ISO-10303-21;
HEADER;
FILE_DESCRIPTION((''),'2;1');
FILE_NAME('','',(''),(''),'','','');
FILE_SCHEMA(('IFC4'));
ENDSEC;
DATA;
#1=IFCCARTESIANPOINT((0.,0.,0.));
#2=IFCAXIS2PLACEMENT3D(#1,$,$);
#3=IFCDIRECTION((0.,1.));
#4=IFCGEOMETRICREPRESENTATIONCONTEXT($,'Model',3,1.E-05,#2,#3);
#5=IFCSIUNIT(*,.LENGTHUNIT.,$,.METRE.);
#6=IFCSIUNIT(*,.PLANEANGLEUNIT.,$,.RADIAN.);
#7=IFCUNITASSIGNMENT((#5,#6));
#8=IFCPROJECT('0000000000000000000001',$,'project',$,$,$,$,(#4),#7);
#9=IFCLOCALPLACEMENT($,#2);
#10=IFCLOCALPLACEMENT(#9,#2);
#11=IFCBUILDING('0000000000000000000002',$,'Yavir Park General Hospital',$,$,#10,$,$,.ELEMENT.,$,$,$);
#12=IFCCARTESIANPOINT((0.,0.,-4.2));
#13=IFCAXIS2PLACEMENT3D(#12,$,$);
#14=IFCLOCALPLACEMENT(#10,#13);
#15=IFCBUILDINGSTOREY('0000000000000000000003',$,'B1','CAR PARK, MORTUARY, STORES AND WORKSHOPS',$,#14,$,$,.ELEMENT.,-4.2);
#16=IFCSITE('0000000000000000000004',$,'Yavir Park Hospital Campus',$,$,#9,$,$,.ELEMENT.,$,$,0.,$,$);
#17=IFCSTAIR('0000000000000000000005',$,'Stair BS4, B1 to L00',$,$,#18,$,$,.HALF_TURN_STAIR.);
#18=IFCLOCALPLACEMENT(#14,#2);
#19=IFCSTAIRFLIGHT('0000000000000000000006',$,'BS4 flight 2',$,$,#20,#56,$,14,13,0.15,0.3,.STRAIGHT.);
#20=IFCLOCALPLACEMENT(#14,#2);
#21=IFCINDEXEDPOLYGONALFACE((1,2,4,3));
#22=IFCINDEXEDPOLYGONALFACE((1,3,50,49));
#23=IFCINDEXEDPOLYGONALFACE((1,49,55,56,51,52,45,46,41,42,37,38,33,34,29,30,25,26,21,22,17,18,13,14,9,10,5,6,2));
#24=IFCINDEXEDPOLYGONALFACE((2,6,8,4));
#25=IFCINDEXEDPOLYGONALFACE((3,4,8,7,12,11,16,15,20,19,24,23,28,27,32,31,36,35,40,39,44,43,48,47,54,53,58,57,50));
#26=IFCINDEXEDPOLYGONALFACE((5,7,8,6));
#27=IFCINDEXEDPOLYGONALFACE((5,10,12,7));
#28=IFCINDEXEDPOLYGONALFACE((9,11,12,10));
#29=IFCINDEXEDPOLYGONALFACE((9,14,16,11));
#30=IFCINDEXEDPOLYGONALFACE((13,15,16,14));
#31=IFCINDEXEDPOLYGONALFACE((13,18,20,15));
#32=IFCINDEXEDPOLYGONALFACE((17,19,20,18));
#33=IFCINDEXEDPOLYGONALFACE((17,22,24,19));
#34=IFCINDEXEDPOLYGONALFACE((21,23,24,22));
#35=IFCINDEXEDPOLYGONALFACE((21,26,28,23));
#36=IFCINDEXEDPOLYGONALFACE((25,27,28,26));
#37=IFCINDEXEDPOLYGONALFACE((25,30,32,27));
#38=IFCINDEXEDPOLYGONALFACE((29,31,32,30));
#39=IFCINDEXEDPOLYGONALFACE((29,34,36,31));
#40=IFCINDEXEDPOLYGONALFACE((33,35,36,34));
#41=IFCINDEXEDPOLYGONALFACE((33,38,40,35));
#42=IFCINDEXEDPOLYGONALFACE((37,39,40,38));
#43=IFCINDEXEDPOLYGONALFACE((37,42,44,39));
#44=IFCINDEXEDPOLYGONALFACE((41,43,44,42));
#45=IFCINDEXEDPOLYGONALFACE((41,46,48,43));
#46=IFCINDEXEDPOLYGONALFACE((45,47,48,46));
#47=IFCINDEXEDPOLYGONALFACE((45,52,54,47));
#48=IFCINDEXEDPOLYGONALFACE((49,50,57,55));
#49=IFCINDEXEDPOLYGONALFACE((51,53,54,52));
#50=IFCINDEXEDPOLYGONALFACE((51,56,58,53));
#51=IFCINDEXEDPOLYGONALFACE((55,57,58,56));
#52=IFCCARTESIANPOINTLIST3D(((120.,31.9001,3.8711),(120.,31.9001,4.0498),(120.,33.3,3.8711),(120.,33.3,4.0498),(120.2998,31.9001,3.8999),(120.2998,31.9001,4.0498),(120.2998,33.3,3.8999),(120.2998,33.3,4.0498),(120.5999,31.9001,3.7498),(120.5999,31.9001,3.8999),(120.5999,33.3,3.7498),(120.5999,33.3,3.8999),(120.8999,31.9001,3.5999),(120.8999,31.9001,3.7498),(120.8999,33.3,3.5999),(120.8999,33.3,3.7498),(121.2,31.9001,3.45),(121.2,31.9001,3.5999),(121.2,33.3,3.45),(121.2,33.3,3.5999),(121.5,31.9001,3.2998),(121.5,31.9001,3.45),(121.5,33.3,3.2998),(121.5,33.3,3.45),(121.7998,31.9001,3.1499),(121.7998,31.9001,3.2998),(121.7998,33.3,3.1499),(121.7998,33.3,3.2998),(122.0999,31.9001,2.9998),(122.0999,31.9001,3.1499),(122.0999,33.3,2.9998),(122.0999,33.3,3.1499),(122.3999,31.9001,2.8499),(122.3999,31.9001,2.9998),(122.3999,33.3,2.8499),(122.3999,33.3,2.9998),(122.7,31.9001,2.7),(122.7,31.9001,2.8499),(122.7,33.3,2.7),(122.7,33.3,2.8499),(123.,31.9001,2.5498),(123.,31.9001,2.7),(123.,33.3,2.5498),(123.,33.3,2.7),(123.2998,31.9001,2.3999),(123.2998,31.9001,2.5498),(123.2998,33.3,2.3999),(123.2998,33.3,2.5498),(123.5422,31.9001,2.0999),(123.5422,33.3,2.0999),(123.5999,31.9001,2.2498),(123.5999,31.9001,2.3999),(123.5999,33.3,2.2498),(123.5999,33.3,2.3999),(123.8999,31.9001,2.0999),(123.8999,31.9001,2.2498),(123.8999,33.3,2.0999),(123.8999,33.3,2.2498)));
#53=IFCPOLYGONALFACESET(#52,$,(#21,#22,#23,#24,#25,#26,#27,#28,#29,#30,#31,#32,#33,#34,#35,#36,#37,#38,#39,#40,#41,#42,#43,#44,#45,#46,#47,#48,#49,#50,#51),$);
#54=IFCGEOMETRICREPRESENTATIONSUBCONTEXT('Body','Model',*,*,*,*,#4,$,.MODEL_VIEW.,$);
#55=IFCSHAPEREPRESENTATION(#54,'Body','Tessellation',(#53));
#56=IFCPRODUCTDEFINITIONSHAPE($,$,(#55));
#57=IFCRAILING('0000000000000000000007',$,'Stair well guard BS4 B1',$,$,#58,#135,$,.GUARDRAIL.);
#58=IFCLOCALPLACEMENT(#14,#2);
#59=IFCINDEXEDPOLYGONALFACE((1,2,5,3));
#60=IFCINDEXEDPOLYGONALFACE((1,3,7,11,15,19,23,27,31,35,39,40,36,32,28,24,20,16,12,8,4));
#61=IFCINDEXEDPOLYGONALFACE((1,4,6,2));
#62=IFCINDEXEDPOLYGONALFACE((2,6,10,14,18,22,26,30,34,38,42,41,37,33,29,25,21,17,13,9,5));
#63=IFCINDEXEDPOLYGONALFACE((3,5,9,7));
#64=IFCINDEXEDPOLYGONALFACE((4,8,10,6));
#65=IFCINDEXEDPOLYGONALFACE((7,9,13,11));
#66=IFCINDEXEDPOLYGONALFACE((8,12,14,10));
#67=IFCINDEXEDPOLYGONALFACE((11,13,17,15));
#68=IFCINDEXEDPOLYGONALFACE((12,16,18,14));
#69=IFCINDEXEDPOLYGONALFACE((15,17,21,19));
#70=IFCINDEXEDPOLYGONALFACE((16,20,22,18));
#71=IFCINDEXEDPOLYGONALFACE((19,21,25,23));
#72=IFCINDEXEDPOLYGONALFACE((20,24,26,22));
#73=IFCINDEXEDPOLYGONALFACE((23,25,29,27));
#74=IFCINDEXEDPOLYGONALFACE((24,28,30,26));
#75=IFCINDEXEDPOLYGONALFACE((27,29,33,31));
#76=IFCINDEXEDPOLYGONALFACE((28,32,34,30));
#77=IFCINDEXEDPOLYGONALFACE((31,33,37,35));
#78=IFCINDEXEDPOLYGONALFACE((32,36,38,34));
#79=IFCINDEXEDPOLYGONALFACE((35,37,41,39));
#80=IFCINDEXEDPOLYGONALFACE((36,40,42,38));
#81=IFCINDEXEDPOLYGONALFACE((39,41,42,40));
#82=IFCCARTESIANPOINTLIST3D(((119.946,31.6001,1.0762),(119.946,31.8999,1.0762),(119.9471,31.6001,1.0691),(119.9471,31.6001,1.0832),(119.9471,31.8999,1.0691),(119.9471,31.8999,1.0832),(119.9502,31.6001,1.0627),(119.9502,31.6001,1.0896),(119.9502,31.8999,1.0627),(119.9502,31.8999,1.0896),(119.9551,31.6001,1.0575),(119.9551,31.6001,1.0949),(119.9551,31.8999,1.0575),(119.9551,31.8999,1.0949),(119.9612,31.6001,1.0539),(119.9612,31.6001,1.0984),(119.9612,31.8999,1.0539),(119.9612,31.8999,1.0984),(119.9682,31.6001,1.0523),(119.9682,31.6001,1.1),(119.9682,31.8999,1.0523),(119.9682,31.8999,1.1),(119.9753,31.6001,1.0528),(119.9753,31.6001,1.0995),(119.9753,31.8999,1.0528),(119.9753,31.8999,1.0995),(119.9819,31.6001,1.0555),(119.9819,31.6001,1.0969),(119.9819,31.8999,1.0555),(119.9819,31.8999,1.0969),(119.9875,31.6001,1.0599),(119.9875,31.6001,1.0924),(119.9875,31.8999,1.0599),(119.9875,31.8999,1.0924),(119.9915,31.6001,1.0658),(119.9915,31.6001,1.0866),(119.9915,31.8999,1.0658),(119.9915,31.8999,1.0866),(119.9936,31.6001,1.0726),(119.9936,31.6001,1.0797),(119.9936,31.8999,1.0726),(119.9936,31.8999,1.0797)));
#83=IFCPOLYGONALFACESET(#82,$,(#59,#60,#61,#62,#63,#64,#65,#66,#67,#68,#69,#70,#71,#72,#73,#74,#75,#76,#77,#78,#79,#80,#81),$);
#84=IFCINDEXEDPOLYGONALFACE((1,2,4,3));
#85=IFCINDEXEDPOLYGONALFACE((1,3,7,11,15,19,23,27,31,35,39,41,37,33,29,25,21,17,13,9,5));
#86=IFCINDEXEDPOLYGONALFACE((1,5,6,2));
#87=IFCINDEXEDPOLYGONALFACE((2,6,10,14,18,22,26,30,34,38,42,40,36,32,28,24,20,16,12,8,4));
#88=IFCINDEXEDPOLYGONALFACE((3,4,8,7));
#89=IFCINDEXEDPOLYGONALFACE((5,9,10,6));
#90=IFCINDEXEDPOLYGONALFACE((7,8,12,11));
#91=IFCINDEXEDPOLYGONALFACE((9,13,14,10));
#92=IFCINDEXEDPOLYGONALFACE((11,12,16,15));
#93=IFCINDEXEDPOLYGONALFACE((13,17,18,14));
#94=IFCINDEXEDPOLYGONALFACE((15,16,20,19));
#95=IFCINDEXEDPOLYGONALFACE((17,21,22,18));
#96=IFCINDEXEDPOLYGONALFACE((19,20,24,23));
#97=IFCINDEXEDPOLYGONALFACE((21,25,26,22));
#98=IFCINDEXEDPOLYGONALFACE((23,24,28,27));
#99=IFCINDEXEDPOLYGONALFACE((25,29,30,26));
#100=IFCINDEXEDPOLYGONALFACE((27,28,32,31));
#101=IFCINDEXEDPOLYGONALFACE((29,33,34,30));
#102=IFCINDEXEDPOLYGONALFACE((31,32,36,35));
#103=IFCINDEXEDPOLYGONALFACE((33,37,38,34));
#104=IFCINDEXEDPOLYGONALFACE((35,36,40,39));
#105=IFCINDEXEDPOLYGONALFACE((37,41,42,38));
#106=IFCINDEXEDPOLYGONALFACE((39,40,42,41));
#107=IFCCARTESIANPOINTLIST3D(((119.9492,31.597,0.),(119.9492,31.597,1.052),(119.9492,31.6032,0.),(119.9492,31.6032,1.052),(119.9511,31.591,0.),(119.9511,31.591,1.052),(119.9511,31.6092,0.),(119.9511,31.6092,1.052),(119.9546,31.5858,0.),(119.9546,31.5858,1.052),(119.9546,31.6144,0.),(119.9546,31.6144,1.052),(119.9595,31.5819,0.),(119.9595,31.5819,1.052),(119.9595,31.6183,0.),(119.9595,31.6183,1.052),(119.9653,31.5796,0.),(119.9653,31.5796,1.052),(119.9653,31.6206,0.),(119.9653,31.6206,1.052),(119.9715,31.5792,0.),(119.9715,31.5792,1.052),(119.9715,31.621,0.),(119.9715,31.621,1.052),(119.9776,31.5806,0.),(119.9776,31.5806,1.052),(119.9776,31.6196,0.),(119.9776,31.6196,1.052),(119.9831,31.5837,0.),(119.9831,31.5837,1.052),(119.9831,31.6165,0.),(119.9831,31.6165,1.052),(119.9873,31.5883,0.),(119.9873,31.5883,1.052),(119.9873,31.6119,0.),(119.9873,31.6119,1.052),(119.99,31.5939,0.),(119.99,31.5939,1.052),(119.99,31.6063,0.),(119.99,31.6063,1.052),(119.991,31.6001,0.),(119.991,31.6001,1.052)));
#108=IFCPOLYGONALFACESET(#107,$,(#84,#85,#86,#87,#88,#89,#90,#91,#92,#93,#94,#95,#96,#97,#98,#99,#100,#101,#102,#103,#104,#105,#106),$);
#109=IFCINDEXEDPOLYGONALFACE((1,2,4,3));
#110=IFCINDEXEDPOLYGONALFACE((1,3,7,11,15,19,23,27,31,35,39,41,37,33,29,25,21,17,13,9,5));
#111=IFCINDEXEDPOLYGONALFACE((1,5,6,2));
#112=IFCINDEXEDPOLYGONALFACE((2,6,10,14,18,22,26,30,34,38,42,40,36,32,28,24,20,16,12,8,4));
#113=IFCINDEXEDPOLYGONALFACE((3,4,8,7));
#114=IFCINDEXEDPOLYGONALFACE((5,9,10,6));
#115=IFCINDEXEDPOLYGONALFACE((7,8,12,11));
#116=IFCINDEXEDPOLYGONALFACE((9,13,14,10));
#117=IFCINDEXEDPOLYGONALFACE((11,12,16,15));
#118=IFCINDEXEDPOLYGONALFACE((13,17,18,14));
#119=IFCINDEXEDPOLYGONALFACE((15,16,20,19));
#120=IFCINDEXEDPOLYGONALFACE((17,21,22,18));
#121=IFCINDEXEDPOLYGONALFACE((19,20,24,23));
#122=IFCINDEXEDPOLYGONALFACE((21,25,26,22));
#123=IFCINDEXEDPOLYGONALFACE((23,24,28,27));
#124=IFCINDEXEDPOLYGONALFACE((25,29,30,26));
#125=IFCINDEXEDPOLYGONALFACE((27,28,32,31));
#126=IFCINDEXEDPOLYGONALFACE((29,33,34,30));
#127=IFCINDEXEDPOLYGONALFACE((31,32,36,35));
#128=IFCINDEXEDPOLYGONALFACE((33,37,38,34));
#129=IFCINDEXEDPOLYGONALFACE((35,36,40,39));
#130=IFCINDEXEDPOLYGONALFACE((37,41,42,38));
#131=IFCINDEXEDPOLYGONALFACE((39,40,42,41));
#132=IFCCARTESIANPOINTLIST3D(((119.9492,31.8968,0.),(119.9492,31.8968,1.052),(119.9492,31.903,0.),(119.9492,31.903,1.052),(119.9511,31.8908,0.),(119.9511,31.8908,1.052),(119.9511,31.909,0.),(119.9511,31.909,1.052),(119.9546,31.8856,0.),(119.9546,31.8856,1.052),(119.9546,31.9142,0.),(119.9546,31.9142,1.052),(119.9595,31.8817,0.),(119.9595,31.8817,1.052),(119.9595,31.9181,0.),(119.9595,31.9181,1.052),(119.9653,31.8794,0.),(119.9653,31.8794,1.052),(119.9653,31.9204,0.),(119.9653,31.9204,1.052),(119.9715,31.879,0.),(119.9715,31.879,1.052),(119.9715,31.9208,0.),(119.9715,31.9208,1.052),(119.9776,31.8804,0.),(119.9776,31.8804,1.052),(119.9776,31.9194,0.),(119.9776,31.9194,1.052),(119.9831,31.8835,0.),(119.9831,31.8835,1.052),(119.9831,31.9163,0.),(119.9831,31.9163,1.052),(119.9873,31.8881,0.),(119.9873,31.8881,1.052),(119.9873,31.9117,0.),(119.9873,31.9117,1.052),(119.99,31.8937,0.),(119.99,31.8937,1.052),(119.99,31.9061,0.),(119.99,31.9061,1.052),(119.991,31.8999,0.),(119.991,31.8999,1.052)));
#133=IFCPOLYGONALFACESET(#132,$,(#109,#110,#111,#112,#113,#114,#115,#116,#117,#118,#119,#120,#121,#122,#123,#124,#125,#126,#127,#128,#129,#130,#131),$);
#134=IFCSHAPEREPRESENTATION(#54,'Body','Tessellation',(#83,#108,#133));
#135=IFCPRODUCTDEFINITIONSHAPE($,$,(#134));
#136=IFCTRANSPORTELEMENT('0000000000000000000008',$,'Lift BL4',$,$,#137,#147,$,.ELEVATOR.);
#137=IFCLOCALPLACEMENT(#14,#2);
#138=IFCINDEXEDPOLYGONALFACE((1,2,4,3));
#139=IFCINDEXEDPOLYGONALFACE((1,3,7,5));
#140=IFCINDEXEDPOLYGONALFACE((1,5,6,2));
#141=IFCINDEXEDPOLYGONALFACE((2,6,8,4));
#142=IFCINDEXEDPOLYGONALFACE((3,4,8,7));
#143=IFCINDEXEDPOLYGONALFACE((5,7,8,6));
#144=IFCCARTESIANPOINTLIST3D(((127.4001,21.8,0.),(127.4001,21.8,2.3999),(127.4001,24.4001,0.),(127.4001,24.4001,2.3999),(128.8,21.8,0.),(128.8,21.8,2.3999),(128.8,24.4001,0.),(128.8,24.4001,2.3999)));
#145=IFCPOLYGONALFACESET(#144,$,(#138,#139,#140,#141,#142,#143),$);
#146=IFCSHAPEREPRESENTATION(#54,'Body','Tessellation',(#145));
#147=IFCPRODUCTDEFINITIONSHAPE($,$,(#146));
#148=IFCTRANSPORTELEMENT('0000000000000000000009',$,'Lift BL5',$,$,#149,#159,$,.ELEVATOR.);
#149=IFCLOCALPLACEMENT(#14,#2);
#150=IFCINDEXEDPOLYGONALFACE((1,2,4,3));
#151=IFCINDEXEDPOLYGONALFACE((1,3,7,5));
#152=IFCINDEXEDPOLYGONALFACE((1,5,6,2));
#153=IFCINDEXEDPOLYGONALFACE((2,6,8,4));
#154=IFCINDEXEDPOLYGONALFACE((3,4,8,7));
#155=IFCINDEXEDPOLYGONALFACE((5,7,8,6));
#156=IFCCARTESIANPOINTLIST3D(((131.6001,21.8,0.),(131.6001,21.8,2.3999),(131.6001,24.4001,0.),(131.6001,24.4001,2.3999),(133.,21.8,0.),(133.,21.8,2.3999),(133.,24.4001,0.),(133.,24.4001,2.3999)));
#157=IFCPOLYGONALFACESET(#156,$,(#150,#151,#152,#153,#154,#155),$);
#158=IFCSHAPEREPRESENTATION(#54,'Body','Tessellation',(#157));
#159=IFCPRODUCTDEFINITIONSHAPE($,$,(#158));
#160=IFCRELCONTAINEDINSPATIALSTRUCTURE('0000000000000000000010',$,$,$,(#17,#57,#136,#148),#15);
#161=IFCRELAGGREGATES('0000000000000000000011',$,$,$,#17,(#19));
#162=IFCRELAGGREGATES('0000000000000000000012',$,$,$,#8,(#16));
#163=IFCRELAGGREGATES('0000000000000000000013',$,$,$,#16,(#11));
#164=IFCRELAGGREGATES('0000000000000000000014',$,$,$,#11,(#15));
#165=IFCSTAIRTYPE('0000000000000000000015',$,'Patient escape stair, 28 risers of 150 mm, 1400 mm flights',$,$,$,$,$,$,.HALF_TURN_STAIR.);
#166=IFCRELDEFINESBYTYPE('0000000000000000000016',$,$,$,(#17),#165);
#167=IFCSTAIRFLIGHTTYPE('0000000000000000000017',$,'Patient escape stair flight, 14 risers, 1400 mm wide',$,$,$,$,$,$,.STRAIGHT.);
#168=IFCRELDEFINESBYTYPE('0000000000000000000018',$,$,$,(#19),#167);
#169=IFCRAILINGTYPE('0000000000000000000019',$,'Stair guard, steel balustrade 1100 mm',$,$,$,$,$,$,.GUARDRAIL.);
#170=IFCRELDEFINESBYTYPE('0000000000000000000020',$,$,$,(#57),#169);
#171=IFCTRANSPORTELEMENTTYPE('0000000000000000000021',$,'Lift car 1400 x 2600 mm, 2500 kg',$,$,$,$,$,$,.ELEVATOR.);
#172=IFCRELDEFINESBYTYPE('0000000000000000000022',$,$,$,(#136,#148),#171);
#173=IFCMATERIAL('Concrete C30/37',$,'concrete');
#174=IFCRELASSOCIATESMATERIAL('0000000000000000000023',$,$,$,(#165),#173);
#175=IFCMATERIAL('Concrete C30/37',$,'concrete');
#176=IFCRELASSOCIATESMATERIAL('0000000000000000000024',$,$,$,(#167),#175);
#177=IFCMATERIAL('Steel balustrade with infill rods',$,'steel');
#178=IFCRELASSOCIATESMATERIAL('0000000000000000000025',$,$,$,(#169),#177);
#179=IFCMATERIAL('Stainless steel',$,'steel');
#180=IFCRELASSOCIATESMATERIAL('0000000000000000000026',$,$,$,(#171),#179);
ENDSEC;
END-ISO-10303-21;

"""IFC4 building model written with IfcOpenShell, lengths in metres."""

from ifc_helpers import new_model, si_unit, direction, frame, origin, origin_2d, place, context, subcontext, project, spatial, polyline, rectangle, circle, outline, extrude, material, type_object, element, aggregate, save


model = new_model("IFC4")

# Units and contexts
model_context = context("Model", 3, precision=1e-05, world=origin(), true_north=direction((0.0, 1.0)))
body_context = subcontext(model_context, "Body", "Model", "MODEL_VIEW")
ifc_project = project(units=[si_unit("LENGTHUNIT", "METRE"), si_unit("PLANEANGLEUNIT", "RADIAN")], contexts=[model_context])

# Site, building, storey
site_placement = place(None, origin())
site = spatial("IfcSite", under=ifc_project, at=site_placement, Name="Yavir Park Hospital Campus", CompositionType="ELEMENT", RefElevation=0.0)
building_placement = place(site_placement, origin())
building = spatial("IfcBuilding", under=site, at=building_placement, Name="Yavir Park General Hospital", CompositionType="ELEMENT")
storey_placement = place(building_placement, frame((0.0, 0.0, -4.2)))
storey = spatial("IfcBuildingStorey", under=building, at=storey_placement, Name="B1", Description="CAR PARK, MORTUARY, STORES AND WORKSHOPS", CompositionType="ELEMENT", Elevation=-4.2)

# Stair, stair flight
ifc_material_1 = material(Name="Concrete C30/37", Category="concrete")
stair_type = type_object("IfcStairType", Name="Patient escape stair, 28 risers of 150 mm, 1400 mm flights", PredefinedType="HALF_TURN_STAIR", material=ifc_material_1)
stair_placement = place(storey_placement, origin())
stair = element("IfcStair", 1, at=stair_placement, inside=storey, type_object=stair_type, Name="Stair BS4, B1 to L00", PredefinedType="HALF_TURN_STAIR")
ifc_material_2 = material(Name="Concrete C30/37", Category="concrete")
stair_flight_type = type_object("IfcStairFlightType", Name="Patient escape stair flight, 14 risers, 1400 mm wide", PredefinedType="STRAIGHT", material=ifc_material_2)
stair_flight_1_placement = place(storey_placement, frame((123.8999, 32.6001, 2.0999), z_axis=(0.0, 0.0, 1.0), x_axis=(-1.0, 0.0, 0.0)))
stair_flight_1 = element("IfcStairFlight", 2, at=stair_flight_1_placement, type_object=stair_flight_type, Name="BS4 flight 2", NumberOfRisers=14, NumberOfTreads=13, PredefinedType="STRAIGHT", RiserHeight=0.15, TreadLength=0.3, context=body_context, shape_type="SweptSolid", body=[
    extrude(outline(polyline([(0.0, 0.0), (0.0, 0.1499), (0.3, 0.1499), (0.3, 0.3), (0.6001, 0.3), (0.6001, 0.45), (0.8999, 0.45), (0.8999, 0.6001), (1.2, 0.6001), (1.2, 0.75), (1.5, 0.75), (1.5, 0.8999), (1.8, 0.8999), (1.8, 1.05), (2.1001, 1.05), (2.1001, 1.2), (2.3999, 1.2), (2.3999, 1.3501), (2.7, 1.3501), (2.7, 1.5), (3.0, 1.5), (3.0, 1.6499), (3.3, 1.6499), (3.3, 1.8), (3.6001, 1.8), (3.6001, 1.95), (3.8999, 1.95), (3.8999, 2.1001), (3.8999, 1.7712), (0.3577, 0.0), (0.0, 0.0)])), frame((0.0, 0.7, 0.0), z_axis=(0.0, -1.0, 0.0), x_axis=(1.0, 0.0, 0.0)), (0.0, 0.0, 1.0), 1.3999),
])
aggregate(stair, [stair_flight_1])

# Railing
ifc_material_3 = material(Name="Steel balustrade with infill rods", Category="steel")
railing_type_1 = type_object("IfcRailingType", Name="Stair guard, steel balustrade 1100 mm", PredefinedType="GUARDRAIL", material=ifc_material_3)
railing_placement = place(storey_placement, frame((119.97, 31.6001, 0.0)))
element("IfcRailing", 3, at=railing_placement, inside=storey, type_object=railing_type_1, Name="Stair well guard BS4 B1", PredefinedType="GUARDRAIL", context=body_context, shape_type="SweptSolid", body=[
    extrude(circle(Radius=0.0239, at=origin_2d()), frame((0.0, 0.0, 1.0762), z_axis=(0.0, 1.0, 0.0), x_axis=(-1.0, 0.0, 0.0)), (0.0, 0.0, 1.0), 0.2998),
    extrude(circle(Radius=0.021, at=origin_2d()), origin(), (0.0, 0.0, 1.0), 1.052),
    extrude(circle(Radius=0.021, at=origin_2d()), frame((0.0, 0.2998, 0.0)), (0.0, 0.0, 1.0), 1.052),
])

# Transport elements
ifc_material_4 = material(Name="Stainless steel", Category="steel")
transport_element_type = type_object("IfcTransportElementType", Name="Lift car 1400 x 2600 mm, 2500 kg", PredefinedType="ELEVATOR", material=ifc_material_4)
for number, where, z_axis, x_axis, name in (
    (4, (128.1001, 23.1001, 0.0), (0.0, 0.0, 1.0), (1.0, 0.0, 0.0), "Lift BL4"),
    (5, (132.3, 23.1001, 0.0), (0.0, 0.0, 1.0), (1.0, 0.0, 0.0), "Lift BL5"),
):
    element("IfcTransportElement", number, at=place(storey_placement, frame(where, z_axis=z_axis, x_axis=x_axis)), inside=storey, type_object=transport_element_type, Name=name, PredefinedType="ELEVATOR", context=body_context, shape_type="SweptSolid", body=[
        extrude(rectangle(XDim=1.3999, YDim=2.6001, at=origin_2d()), origin(), (0.0, 0.0, 1.0), 2.3999),
    ])

save(model, "model.ifc")
